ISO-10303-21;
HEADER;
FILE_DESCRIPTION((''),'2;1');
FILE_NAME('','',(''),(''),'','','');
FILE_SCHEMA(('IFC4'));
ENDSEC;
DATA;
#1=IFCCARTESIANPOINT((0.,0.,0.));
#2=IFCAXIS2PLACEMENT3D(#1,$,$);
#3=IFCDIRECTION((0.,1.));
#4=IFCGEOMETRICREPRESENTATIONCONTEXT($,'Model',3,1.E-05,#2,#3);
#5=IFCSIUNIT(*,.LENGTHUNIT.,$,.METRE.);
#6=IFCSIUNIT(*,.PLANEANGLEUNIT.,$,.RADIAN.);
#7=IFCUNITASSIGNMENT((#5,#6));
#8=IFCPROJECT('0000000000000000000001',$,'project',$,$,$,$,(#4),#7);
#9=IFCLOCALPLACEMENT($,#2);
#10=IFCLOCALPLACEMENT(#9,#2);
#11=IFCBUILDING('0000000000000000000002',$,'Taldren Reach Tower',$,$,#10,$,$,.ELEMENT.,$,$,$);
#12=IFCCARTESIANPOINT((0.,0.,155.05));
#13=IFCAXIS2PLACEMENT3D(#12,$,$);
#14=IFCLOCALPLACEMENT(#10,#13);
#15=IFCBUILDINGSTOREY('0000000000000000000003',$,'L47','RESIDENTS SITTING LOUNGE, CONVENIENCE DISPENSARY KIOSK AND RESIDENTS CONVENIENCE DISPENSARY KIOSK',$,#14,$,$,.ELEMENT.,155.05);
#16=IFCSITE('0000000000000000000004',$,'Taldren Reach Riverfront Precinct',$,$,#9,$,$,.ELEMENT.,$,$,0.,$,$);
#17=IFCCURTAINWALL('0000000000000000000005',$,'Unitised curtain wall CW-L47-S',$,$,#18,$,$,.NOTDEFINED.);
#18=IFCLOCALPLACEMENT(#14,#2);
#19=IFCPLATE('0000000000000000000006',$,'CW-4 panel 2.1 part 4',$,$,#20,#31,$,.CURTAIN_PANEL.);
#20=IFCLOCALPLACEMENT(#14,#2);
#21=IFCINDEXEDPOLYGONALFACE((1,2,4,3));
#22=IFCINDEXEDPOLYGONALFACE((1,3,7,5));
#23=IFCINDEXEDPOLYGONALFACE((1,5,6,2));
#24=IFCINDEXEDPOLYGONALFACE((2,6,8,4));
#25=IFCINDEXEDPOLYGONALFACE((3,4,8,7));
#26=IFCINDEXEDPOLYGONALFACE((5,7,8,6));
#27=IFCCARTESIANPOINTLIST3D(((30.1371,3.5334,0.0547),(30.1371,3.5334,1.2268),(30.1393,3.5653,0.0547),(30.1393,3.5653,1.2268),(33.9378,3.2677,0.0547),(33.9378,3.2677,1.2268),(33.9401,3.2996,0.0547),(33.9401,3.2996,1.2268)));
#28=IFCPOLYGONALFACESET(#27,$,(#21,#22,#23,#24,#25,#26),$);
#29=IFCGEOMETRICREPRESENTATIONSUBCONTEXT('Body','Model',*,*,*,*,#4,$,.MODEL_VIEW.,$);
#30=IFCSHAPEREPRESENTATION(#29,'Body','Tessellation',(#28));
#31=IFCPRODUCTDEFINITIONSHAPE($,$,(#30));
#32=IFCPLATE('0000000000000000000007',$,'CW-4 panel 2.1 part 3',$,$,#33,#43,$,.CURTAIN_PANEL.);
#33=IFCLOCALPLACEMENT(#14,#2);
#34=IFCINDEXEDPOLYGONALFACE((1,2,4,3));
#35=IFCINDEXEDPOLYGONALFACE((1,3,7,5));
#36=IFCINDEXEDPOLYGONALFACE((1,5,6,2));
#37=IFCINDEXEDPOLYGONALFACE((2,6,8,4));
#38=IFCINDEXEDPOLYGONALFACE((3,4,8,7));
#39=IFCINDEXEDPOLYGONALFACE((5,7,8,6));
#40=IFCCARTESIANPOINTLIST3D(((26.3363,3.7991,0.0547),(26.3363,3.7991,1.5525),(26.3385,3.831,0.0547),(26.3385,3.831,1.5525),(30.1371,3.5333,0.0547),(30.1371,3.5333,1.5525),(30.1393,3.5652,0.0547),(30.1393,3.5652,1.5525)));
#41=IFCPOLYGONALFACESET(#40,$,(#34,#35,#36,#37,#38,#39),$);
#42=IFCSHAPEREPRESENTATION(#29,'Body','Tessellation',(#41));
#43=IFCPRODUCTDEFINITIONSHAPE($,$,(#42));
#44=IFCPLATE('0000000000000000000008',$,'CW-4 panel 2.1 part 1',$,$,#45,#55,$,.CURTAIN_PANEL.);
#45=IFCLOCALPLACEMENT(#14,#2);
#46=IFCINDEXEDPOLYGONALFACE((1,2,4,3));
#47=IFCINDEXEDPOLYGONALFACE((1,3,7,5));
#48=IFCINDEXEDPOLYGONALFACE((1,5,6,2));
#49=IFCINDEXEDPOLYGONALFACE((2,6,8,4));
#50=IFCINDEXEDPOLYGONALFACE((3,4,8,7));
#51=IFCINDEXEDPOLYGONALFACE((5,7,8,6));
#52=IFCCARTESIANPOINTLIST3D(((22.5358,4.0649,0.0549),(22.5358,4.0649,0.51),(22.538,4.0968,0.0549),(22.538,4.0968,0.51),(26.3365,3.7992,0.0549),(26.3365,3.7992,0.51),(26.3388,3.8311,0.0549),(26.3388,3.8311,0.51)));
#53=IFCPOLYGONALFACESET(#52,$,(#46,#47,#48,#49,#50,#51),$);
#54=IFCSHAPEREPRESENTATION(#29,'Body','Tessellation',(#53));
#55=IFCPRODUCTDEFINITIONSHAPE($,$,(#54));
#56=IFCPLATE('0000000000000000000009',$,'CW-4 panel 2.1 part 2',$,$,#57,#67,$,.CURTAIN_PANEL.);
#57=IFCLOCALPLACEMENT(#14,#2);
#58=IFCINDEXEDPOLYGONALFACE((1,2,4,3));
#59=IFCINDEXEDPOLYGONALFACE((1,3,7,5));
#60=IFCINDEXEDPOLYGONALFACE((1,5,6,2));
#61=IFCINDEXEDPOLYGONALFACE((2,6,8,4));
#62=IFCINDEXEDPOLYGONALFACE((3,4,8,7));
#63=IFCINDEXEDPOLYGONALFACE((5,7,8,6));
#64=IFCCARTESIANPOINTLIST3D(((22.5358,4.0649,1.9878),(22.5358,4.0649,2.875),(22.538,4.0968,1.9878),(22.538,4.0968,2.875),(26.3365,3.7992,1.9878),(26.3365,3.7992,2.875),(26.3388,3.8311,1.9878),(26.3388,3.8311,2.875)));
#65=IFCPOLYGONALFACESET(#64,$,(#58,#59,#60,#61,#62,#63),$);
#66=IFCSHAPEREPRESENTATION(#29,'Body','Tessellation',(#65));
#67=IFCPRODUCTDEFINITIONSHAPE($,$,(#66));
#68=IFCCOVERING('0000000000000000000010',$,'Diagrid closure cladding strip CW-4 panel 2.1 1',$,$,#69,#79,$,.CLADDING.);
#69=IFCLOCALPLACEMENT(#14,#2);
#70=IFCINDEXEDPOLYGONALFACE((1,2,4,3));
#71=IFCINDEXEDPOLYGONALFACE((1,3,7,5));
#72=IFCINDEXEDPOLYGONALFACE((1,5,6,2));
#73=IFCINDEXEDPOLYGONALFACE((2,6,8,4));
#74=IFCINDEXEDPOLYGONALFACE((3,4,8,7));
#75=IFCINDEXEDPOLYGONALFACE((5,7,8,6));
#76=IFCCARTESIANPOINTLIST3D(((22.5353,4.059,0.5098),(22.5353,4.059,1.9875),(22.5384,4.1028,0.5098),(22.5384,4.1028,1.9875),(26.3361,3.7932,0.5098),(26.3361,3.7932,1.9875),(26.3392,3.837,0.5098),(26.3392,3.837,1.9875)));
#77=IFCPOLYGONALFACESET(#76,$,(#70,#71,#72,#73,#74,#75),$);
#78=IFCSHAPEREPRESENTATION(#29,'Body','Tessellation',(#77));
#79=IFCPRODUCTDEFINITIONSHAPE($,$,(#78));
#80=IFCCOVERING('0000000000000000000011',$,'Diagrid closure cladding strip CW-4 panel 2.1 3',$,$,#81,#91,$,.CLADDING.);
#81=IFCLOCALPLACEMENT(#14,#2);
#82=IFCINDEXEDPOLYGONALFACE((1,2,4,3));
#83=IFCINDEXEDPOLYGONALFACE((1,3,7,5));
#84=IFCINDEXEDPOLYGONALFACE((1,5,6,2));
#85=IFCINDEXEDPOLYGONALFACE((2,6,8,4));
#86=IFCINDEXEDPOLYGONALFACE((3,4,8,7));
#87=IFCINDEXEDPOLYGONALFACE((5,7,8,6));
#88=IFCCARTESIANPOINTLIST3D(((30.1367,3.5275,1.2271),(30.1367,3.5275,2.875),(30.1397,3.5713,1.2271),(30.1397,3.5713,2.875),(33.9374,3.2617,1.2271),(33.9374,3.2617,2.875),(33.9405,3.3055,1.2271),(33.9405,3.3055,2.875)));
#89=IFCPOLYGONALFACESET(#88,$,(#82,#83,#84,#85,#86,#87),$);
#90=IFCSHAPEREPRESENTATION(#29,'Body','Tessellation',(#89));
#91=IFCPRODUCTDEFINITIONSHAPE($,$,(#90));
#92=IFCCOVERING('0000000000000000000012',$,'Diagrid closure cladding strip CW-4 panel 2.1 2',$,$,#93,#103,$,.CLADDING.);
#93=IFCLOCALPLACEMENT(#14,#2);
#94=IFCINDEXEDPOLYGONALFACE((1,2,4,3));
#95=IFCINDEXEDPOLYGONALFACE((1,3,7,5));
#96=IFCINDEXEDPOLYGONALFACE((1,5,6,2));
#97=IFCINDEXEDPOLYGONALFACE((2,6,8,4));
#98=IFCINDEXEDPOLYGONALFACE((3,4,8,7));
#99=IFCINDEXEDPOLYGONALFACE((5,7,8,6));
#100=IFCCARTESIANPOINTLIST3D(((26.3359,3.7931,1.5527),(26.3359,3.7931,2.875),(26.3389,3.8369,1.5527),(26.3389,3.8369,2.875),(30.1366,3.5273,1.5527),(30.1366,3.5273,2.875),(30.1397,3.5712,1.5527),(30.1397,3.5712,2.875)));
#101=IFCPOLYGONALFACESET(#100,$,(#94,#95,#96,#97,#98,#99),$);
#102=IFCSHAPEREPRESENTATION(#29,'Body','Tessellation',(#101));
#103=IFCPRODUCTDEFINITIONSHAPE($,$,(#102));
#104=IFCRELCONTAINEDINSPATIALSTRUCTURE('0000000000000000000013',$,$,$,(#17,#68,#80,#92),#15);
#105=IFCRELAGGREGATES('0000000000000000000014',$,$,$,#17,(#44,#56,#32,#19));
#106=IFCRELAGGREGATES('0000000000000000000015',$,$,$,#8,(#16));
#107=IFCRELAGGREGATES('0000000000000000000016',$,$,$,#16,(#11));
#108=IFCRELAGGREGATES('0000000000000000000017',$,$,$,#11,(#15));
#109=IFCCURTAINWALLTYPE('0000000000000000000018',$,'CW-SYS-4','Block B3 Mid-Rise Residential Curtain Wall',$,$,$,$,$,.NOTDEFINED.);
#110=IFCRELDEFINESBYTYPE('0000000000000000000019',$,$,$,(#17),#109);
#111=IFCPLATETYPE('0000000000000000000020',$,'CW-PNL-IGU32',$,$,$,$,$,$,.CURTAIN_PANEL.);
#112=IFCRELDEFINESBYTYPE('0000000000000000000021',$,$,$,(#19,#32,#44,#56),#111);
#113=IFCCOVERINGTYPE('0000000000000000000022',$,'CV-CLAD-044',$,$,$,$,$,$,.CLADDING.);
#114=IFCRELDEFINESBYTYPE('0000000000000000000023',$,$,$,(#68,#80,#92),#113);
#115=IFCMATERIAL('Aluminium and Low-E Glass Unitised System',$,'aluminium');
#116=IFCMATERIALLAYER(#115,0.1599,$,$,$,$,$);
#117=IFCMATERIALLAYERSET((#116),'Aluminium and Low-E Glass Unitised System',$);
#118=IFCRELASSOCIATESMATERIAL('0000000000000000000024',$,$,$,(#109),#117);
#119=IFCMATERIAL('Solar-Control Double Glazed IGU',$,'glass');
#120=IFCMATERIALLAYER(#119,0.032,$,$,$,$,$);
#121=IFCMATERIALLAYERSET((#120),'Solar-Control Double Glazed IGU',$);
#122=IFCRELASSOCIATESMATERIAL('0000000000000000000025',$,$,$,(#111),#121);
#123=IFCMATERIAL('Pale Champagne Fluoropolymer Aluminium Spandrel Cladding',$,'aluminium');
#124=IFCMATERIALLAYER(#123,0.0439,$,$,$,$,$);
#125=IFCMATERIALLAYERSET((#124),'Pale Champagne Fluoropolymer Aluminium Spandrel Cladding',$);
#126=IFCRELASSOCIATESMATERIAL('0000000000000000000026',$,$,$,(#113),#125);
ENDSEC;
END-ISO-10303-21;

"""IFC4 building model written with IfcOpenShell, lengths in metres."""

from ifc_helpers import new_model, si_unit, direction, frame, origin, origin_2d, place, context, subcontext, project, spatial, rectangle, extrude, source, transform, mapped, material, layer, layer_set, type_object, element, aggregate, save


model = new_model("IFC4")

# Units and contexts
model_context = context("Model", 3, precision=1e-05, world=origin(), true_north=direction((0.0, 1.0)))
body_context = subcontext(model_context, "Body", "Model", "MODEL_VIEW")
ifc_project = project(units=[si_unit("LENGTHUNIT", "METRE"), si_unit("PLANEANGLEUNIT", "RADIAN")], contexts=[model_context])

# Site, building, storey
site_placement = place(None, origin())
site = spatial("IfcSite", under=ifc_project, at=site_placement, Name="Taldren Reach Riverfront Precinct", CompositionType="ELEMENT", RefElevation=0.0)
building_placement = place(site_placement, origin())
building = spatial("IfcBuilding", under=site, at=building_placement, Name="Taldren Reach Tower", CompositionType="ELEMENT")
storey_placement = place(building_placement, frame((0.0, 0.0, 155.05)))
storey = spatial("IfcBuildingStorey", under=building, at=storey_placement, Name="L47", Description="RESIDENTS SITTING LOUNGE, CONVENIENCE DISPENSARY KIOSK AND RESIDENTS CONVENIENCE DISPENSARY KIOSK", CompositionType="ELEMENT", Elevation=155.05)

# Curtain wall
ifc_material_1 = material(Name="Aluminium and Low-E Glass Unitised System", Category="aluminium")
ifc_layer_1 = layer(ifc_material_1, 0.1599)
ifc_layer_set_1 = layer_set([ifc_layer_1], Name="Aluminium and Low-E Glass Unitised System")
curtain_wall_type = type_object("IfcCurtainWallType", Name="CW-SYS-4", Description="Block B3 Mid-Rise Residential Curtain Wall", PredefinedType="NOTDEFINED", material=ifc_layer_set_1)
curtain_wall_placement = place(storey_placement, origin())
curtain_wall = element("IfcCurtainWall", 1, at=curtain_wall_placement, inside=storey, type_object=curtain_wall_type, Name="Unitised curtain wall CW-L47-S", PredefinedType="NOTDEFINED")

# Plates
ifc_material_2 = material(Name="Solar-Control Double Glazed IGU", Category="glass")
ifc_layer_2 = layer(ifc_material_2, 0.032)
ifc_layer_set_2 = layer_set([ifc_layer_2], Name="Solar-Control Double Glazed IGU")
plate_type_1 = type_object("IfcPlateType", Name="CW-PNL-IGU32", PredefinedType="CURTAIN_PANEL", material=ifc_layer_set_2)
shared_shape_1 = source(origin(), body_context, "Body", "SweptSolid", [
    extrude(rectangle(XDim=3.8101, YDim=0.032, at=origin_2d()), origin(), (0.0, 0.0, 1.0), 1.1721),
])
plate_1_placement = place(storey_placement, frame((32.0386, 3.4165, 0.0547), z_axis=(0.0, 0.0, 1.0), x_axis=(0.997564, -0.069757, 0.0)))
plate_1 = element("IfcPlate", 2, at=plate_1_placement, type_object=plate_type_1, Name="CW-4 panel 2.1 part 4", PredefinedType="CURTAIN_PANEL", context=body_context, shape_type="MappedRepresentation", body=[
    mapped(shared_shape_1, transform((0.0, 0.0, 0.0), scale=1.0)),
])
shared_shape_2 = source(origin(), body_context, "Body", "SweptSolid", [
    extrude(rectangle(XDim=3.8101, YDim=0.032, at=origin_2d()), origin(), (0.0, 0.0, 1.0), 1.4978),
])
plate_2_placement = place(storey_placement, frame((28.2378, 3.6821, 0.0547), z_axis=(0.0, 0.0, 1.0), x_axis=(0.997564, -0.069757, 0.0)))
plate_2 = element("IfcPlate", 3, at=plate_2_placement, type_object=plate_type_1, Name="CW-4 panel 2.1 part 3", PredefinedType="CURTAIN_PANEL", context=body_context, shape_type="MappedRepresentation", body=[
    mapped(shared_shape_2, transform((0.0, 0.0, 0.0), scale=1.0)),
])
shared_shape_3 = source(origin(), body_context, "Body", "SweptSolid", [
    extrude(rectangle(XDim=3.8101, YDim=0.032, at=origin_2d()), origin(), (0.0, 0.0, 1.0), 0.4551),
])
plate_3_placement = place(storey_placement, frame((24.4373, 3.948, 0.0549), z_axis=(0.0, 0.0, 1.0), x_axis=(0.997564, -0.069757, 0.0)))
plate_3 = element("IfcPlate", 4, at=plate_3_placement, type_object=plate_type_1, Name="CW-4 panel 2.1 part 1", PredefinedType="CURTAIN_PANEL", context=body_context, shape_type="MappedRepresentation", body=[
    mapped(shared_shape_3, transform((0.0, 0.0, 0.0), scale=1.0)),
])
shared_shape_4 = source(origin(), body_context, "Body", "SweptSolid", [
    extrude(rectangle(XDim=3.8101, YDim=0.032, at=origin_2d()), origin(), (0.0, 0.0, 1.0), 0.8872),
])
plate_4_placement = place(storey_placement, frame((24.4373, 3.948, 1.9878), z_axis=(0.0, 0.0, 1.0), x_axis=(0.997564, -0.069757, 0.0)))
plate_4 = element("IfcPlate", 5, at=plate_4_placement, type_object=plate_type_1, Name="CW-4 panel 2.1 part 2", PredefinedType="CURTAIN_PANEL", context=body_context, shape_type="MappedRepresentation", body=[
    mapped(shared_shape_4, transform((0.0, 0.0, 0.0), scale=1.0)),
])
aggregate(curtain_wall, [plate_3, plate_4, plate_2, plate_1])

# Coverings
ifc_material_3 = material(Name="Pale Champagne Fluoropolymer Aluminium Spandrel Cladding", Category="aluminium")
ifc_layer_3 = layer(ifc_material_3, 0.0439)
ifc_layer_set_3 = layer_set([ifc_layer_3], Name="Pale Champagne Fluoropolymer Aluminium Spandrel Cladding")
covering_type = type_object("IfcCoveringType", Name="CV-CLAD-044", PredefinedType="CLADDING", material=ifc_layer_set_3)
shared_shape_5 = source(origin(), body_context, "Body", "SweptSolid", [
    extrude(rectangle(XDim=3.8101, YDim=0.0439, at=origin_2d()), origin(), (0.0, 0.0, 1.0), 1.4778),
])
covering_1_placement = place(storey_placement, frame((24.4373, 3.948, 0.5098), z_axis=(0.0, 0.0, 1.0), x_axis=(0.997564, -0.069757, 0.0)))
element("IfcCovering", 6, at=covering_1_placement, inside=storey, type_object=covering_type, Name="Diagrid closure cladding strip CW-4 panel 2.1 1", PredefinedType="CLADDING", context=body_context, shape_type="MappedRepresentation", body=[
    mapped(shared_shape_5, transform((0.0, 0.0, 0.0), scale=1.0)),
])
shared_shape_6 = source(origin(), body_context, "Body", "SweptSolid", [
    extrude(rectangle(XDim=3.8101, YDim=0.0439, at=origin_2d()), origin(), (0.0, 0.0, 1.0), 1.6479),
])
covering_2_placement = place(storey_placement, frame((32.0386, 3.4165, 1.2271), z_axis=(0.0, 0.0, 1.0), x_axis=(0.997564, -0.069757, 0.0)))
element("IfcCovering", 7, at=covering_2_placement, inside=storey, type_object=covering_type, Name="Diagrid closure cladding strip CW-4 panel 2.1 3", PredefinedType="CLADDING", context=body_context, shape_type="MappedRepresentation", body=[
    mapped(shared_shape_6, transform((0.0, 0.0, 0.0), scale=1.0)),
])
shared_shape_7 = source(origin(), body_context, "Body", "SweptSolid", [
    extrude(rectangle(XDim=3.8101, YDim=0.0439, at=origin_2d()), origin(), (0.0, 0.0, 1.0), 1.3223),
])
covering_3_placement = place(storey_placement, frame((28.2378, 3.6821, 1.5527), z_axis=(0.0, 0.0, 1.0), x_axis=(0.997564, -0.069757, 0.0)))
element("IfcCovering", 8, at=covering_3_placement, inside=storey, type_object=covering_type, Name="Diagrid closure cladding strip CW-4 panel 2.1 2", PredefinedType="CLADDING", context=body_context, shape_type="MappedRepresentation", body=[
    mapped(shared_shape_7, transform((0.0, 0.0, 0.0), scale=1.0)),
])

save(model, "model.ifc")
